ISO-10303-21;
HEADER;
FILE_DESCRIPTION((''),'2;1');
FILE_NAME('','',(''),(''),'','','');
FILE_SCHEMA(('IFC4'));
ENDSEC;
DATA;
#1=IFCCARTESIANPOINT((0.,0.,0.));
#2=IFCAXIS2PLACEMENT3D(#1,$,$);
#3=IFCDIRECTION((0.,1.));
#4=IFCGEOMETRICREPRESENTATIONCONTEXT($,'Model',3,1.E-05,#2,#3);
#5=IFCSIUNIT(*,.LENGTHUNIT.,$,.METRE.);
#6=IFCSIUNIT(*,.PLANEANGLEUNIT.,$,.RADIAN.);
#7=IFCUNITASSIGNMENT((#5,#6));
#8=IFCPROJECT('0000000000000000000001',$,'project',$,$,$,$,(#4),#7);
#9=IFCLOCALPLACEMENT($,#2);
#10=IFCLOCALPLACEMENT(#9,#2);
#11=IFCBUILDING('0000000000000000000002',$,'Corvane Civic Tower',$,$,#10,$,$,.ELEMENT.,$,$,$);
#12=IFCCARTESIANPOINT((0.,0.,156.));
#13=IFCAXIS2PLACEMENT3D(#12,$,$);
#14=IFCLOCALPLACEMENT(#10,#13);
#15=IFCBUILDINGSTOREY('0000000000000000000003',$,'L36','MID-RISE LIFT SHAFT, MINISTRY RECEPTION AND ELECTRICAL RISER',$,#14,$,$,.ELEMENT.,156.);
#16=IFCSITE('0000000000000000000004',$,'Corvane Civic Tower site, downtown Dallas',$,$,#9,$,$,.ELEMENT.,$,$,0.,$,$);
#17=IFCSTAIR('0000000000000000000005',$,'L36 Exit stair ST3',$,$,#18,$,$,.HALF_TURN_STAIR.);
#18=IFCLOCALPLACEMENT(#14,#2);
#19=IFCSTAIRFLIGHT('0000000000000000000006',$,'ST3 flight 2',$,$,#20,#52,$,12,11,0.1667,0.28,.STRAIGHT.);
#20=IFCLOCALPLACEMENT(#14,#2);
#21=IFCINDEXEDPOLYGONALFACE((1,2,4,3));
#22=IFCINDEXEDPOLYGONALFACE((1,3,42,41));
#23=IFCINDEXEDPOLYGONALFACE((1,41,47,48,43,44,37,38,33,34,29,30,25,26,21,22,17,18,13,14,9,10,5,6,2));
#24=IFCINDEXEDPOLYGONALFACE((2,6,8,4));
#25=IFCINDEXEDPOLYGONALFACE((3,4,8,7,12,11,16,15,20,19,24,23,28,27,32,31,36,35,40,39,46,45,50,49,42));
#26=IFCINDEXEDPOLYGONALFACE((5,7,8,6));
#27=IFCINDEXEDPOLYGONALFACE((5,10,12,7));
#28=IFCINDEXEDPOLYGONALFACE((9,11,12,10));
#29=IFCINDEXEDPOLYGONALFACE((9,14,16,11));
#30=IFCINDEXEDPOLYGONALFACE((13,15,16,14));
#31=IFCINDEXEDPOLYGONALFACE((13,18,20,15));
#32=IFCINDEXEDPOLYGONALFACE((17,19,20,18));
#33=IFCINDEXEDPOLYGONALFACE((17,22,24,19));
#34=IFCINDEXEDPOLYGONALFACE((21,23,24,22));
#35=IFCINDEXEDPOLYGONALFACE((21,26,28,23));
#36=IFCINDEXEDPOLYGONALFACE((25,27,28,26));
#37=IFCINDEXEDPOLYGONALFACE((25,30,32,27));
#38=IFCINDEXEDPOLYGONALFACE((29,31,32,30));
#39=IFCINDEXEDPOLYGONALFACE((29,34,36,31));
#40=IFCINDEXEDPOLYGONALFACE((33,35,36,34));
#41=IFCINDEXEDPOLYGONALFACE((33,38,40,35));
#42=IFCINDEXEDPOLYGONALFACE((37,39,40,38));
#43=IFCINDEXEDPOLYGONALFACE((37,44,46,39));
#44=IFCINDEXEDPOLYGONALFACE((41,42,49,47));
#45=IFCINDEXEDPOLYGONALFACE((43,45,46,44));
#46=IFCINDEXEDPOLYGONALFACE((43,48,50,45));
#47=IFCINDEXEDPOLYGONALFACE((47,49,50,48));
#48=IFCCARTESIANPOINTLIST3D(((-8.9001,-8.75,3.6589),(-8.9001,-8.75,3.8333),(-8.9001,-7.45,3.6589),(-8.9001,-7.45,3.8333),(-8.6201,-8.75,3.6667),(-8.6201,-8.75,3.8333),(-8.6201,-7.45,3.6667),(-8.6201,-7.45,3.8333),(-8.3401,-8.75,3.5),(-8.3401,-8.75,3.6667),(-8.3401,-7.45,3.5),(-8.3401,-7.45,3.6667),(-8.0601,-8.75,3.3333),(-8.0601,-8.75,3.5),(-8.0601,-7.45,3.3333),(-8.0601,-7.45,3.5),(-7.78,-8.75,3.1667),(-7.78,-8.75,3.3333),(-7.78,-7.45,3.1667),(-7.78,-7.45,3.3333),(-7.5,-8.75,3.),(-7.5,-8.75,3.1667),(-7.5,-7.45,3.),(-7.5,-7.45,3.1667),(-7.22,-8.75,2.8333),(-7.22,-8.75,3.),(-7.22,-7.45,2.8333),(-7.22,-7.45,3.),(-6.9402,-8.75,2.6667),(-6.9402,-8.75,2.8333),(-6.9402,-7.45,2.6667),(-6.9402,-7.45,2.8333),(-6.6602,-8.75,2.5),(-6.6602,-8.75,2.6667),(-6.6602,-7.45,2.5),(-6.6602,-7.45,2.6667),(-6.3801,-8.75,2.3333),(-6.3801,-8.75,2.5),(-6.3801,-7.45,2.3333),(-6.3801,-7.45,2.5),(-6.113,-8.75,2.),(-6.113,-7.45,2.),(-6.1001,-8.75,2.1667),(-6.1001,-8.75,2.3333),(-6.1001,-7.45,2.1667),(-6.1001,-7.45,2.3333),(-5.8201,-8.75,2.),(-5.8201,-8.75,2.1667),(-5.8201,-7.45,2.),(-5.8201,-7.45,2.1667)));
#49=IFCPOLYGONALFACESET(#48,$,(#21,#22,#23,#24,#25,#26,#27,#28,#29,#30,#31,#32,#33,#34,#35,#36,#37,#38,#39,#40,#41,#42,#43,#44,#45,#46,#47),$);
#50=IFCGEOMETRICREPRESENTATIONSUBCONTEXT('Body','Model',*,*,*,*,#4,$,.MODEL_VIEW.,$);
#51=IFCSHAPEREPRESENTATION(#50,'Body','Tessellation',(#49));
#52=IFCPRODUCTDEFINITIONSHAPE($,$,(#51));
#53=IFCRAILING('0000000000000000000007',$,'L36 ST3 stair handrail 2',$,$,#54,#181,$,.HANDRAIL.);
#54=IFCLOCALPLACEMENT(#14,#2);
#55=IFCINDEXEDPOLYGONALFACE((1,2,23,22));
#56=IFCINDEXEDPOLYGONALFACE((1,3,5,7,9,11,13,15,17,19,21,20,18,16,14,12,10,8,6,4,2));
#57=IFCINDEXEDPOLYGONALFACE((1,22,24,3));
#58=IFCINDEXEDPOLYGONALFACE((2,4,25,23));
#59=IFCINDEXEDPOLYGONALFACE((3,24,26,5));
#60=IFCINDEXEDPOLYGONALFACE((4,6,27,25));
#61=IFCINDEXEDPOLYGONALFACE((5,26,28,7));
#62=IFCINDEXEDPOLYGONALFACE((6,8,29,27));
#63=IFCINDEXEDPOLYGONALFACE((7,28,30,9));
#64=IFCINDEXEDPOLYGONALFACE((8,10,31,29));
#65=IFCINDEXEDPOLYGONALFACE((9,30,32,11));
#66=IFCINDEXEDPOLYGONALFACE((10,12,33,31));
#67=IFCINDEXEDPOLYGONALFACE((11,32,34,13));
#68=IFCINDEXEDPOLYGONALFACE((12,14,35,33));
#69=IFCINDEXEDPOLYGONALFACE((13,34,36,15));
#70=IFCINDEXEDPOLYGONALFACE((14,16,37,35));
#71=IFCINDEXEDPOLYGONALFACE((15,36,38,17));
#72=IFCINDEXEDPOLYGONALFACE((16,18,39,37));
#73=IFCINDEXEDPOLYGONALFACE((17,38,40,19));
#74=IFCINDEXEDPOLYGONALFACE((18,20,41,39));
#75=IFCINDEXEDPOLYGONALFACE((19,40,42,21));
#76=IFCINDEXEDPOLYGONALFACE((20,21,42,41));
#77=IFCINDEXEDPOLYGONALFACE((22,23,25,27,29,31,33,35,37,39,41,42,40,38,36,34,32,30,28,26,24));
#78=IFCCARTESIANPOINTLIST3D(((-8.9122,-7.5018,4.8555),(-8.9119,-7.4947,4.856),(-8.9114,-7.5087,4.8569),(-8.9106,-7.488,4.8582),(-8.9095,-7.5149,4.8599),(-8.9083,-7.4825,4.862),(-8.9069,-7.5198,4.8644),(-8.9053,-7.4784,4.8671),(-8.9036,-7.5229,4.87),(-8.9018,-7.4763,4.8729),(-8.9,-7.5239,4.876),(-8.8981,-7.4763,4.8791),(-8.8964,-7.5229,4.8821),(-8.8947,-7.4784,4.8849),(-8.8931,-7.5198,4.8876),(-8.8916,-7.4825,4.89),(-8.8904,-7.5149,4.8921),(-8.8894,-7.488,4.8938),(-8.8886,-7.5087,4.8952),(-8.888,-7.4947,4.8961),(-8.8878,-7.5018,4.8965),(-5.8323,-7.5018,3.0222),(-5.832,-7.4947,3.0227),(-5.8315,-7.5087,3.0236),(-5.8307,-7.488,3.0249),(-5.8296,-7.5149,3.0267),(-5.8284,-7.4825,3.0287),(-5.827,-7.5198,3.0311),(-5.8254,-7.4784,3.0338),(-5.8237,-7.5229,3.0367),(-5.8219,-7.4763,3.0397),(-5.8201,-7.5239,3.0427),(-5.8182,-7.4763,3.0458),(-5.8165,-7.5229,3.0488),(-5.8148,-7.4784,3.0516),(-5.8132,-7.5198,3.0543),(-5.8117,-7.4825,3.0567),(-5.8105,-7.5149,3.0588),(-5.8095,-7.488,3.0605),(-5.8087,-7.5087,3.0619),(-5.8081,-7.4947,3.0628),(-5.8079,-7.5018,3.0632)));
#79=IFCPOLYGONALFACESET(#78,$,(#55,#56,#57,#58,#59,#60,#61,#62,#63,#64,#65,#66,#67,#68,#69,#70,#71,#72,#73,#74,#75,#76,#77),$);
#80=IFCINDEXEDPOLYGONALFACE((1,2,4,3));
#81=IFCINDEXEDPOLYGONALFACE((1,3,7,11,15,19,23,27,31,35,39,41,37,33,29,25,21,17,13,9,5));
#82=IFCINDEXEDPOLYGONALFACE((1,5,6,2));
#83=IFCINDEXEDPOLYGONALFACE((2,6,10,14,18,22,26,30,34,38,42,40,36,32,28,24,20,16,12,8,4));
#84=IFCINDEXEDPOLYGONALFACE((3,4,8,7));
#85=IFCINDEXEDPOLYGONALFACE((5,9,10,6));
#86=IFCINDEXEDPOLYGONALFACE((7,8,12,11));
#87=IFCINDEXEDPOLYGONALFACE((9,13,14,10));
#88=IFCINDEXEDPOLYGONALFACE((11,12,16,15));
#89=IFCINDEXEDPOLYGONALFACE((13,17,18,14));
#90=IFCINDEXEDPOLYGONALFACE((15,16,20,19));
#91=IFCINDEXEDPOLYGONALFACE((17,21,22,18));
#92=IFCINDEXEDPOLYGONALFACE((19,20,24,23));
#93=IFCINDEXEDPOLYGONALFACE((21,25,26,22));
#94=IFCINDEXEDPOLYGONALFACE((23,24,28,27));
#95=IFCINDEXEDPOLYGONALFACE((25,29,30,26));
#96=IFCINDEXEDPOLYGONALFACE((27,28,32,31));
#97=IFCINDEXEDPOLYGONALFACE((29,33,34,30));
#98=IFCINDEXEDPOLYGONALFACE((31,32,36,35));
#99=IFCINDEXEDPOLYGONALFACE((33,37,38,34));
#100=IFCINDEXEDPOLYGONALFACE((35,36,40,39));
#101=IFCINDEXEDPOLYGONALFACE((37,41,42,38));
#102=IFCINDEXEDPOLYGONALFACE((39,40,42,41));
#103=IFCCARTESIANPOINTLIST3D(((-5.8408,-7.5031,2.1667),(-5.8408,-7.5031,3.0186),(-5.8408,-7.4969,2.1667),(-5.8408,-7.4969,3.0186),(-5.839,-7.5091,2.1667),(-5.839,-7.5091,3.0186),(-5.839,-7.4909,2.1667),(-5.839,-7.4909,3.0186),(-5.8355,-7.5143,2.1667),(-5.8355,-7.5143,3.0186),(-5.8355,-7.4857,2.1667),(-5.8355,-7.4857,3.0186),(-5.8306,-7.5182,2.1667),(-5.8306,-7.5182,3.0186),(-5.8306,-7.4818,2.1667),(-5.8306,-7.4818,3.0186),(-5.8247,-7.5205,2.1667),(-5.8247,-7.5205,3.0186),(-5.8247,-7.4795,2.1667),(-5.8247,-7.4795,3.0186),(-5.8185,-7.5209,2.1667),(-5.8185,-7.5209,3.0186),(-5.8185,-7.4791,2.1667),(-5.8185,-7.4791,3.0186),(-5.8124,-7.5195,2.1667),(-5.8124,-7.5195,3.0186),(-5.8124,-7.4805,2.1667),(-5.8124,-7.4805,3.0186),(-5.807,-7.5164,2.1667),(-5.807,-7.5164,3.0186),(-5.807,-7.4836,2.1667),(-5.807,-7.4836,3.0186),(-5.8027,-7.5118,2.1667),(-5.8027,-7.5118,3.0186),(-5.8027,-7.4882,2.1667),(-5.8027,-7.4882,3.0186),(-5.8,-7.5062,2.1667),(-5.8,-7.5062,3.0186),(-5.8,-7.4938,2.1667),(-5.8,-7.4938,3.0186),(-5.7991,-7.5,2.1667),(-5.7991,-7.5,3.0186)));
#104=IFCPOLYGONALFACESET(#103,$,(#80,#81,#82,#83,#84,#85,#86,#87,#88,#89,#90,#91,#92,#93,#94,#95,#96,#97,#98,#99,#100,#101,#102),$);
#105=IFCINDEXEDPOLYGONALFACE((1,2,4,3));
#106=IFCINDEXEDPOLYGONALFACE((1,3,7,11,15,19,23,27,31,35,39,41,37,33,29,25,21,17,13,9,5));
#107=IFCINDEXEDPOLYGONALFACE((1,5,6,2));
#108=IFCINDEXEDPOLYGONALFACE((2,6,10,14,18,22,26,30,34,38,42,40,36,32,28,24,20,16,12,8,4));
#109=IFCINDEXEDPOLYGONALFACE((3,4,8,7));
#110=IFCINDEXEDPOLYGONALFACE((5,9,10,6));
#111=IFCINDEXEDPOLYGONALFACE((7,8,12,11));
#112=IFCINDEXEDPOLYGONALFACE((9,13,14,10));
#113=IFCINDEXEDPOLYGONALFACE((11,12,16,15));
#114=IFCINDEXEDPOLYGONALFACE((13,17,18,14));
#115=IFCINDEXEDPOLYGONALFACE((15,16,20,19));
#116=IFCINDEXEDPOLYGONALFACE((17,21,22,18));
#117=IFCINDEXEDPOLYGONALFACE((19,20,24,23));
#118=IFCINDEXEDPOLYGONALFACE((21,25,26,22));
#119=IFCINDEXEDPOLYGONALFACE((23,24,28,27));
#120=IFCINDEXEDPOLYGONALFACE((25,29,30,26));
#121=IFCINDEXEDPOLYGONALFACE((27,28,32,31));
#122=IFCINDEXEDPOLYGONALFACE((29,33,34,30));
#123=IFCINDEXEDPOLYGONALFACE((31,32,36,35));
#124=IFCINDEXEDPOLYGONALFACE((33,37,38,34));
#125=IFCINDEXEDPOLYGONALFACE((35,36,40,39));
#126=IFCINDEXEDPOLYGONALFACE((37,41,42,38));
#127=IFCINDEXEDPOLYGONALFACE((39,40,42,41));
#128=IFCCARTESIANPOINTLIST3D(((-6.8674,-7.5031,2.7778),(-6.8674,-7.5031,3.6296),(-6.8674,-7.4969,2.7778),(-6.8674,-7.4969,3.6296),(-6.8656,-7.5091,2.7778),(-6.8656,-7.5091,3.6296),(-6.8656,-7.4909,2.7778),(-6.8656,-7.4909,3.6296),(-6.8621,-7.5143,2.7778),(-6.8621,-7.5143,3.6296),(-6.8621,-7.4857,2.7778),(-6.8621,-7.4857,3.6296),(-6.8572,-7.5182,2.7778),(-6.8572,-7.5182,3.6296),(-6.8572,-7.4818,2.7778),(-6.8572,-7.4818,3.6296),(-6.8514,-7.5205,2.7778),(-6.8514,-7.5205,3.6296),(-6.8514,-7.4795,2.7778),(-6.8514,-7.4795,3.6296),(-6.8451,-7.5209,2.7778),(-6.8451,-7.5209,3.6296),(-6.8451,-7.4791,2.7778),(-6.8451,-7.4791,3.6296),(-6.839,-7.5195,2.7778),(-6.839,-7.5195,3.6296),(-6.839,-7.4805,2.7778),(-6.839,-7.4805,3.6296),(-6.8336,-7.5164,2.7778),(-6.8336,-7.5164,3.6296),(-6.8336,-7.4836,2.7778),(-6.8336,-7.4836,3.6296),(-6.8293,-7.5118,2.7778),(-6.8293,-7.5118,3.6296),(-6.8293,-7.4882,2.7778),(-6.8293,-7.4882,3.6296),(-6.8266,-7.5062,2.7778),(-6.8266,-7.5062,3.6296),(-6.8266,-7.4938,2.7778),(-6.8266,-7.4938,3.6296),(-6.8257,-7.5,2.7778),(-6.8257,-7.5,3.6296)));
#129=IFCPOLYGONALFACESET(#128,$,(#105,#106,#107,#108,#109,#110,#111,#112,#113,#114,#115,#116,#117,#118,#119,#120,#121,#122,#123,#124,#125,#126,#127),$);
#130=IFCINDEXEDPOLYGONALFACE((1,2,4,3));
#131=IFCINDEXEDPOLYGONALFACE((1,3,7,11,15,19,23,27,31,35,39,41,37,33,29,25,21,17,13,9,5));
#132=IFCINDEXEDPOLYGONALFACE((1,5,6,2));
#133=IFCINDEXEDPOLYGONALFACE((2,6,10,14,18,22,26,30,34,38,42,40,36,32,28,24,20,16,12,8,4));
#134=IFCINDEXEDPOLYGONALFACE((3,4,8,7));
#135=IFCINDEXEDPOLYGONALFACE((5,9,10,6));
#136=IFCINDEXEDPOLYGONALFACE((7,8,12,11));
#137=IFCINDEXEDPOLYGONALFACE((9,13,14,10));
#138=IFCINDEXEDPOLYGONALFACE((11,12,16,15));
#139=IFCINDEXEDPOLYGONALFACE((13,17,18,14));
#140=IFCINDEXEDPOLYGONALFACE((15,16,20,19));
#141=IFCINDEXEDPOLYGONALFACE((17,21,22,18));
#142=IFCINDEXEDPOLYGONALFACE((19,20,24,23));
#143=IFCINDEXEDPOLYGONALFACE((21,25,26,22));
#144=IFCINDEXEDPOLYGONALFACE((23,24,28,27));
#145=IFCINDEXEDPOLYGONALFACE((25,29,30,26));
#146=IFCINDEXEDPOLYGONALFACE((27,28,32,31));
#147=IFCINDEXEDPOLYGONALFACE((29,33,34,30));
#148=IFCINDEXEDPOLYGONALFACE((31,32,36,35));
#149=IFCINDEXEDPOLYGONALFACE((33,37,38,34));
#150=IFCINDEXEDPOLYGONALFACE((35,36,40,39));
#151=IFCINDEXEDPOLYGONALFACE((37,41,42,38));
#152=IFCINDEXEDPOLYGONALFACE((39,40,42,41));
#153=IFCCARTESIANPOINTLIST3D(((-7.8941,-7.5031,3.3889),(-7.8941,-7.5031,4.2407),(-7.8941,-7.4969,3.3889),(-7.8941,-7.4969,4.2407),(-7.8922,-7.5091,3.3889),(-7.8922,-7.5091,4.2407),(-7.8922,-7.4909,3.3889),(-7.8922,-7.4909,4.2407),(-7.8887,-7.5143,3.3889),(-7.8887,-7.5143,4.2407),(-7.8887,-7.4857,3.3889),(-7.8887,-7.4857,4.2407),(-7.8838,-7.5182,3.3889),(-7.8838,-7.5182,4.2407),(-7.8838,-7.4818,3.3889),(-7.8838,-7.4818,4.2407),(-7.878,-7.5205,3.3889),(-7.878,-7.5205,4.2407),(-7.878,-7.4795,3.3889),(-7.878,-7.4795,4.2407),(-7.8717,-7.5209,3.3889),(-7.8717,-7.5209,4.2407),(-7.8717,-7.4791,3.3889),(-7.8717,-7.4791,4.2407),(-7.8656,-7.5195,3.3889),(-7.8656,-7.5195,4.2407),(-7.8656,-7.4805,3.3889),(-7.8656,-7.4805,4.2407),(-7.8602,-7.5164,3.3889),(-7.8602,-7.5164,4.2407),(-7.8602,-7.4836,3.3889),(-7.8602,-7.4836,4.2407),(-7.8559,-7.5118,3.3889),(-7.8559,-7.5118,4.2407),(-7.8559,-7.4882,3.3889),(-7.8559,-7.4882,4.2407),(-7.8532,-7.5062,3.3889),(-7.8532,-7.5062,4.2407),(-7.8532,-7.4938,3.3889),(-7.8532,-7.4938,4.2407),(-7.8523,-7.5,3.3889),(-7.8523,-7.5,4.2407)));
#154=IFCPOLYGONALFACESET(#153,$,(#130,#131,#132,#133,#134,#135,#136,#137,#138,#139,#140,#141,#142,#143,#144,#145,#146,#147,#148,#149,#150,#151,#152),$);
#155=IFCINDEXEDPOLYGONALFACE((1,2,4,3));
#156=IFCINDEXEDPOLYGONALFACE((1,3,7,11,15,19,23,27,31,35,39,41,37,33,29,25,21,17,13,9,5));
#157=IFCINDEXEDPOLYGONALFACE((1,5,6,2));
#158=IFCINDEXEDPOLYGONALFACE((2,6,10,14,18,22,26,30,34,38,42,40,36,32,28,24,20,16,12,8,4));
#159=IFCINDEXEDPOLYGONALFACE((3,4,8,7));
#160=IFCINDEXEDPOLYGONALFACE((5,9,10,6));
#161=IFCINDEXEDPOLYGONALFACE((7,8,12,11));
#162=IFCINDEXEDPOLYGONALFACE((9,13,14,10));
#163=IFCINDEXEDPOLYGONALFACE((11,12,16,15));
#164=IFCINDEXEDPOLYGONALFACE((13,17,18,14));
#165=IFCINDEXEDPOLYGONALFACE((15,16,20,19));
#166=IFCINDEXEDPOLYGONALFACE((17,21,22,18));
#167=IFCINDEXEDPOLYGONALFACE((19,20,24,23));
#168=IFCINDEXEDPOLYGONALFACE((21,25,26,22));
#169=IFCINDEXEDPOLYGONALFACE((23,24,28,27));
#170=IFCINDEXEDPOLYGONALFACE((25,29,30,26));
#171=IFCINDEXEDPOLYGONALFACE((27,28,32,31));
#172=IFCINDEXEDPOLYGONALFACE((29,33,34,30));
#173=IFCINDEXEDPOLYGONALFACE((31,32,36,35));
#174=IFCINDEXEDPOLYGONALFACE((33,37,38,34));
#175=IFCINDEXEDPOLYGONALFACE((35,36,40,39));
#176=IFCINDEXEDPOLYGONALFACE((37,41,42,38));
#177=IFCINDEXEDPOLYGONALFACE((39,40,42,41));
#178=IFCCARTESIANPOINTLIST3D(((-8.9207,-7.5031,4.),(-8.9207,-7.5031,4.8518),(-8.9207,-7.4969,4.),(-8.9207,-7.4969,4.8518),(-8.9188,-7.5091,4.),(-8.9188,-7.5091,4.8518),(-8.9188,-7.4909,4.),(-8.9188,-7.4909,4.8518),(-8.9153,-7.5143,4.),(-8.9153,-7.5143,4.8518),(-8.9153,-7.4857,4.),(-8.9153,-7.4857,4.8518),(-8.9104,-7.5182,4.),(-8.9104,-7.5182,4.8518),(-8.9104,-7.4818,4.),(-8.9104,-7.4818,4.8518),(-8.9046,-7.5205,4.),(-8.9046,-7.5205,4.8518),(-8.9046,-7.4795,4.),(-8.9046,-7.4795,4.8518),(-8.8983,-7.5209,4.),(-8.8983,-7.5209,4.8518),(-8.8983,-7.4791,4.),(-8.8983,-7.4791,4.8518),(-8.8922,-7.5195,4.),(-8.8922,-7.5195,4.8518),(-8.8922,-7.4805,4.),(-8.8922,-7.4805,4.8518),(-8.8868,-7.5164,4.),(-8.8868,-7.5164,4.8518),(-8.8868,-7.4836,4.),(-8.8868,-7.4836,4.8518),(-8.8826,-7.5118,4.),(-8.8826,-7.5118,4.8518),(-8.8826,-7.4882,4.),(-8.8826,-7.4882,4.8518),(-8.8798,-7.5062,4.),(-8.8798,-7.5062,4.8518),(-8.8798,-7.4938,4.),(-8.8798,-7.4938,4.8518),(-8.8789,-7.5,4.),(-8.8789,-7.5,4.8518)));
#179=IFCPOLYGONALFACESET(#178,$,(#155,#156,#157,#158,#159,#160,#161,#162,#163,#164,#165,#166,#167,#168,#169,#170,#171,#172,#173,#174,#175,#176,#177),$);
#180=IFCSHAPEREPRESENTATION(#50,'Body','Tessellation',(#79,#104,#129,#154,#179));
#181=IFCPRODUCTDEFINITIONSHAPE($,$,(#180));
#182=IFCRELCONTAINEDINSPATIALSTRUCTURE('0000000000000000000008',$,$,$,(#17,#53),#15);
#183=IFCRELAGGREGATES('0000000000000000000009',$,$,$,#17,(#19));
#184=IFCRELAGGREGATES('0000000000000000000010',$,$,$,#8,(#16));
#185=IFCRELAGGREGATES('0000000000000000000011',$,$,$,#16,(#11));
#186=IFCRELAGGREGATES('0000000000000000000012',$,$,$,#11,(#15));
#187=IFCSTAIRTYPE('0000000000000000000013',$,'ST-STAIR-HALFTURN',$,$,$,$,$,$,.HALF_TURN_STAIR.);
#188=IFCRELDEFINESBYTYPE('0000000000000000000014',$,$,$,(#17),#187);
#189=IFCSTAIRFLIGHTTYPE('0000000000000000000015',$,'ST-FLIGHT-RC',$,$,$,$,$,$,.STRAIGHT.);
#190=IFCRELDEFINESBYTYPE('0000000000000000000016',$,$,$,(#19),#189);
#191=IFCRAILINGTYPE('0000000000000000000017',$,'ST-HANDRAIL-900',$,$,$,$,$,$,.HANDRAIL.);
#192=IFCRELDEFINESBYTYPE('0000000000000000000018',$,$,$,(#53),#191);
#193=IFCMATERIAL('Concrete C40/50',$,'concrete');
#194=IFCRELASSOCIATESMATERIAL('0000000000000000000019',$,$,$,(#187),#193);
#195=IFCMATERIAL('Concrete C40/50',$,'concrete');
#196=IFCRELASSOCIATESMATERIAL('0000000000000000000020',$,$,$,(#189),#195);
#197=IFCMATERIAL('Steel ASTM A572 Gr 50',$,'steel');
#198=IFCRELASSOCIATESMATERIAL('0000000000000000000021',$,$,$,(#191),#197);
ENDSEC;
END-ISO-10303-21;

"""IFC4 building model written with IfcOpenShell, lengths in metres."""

from ifc_helpers import new_model, si_unit, direction, frame, origin, origin_2d, place, context, subcontext, project, spatial, polyline, circle, outline, extrude, material, type_object, element, aggregate, save


model = new_model("IFC4")

# Units and contexts
model_context = context("Model", 3, precision=1e-05, world=origin(), true_north=direction((0.0, 1.0)))
body_context = subcontext(model_context, "Body", "Model", "MODEL_VIEW")
ifc_project = project(units=[si_unit("LENGTHUNIT", "METRE"), si_unit("PLANEANGLEUNIT", "RADIAN")], contexts=[model_context])

# Site, building, storey
site_placement = place(None, origin())
site = spatial("IfcSite", under=ifc_project, at=site_placement, Name="Corvane Civic Tower site, downtown Dallas", CompositionType="ELEMENT", RefElevation=0.0)
building_placement = place(site_placement, origin())
building = spatial("IfcBuilding", under=site, at=building_placement, Name="Corvane Civic Tower", CompositionType="ELEMENT")
storey_placement = place(building_placement, frame((0.0, 0.0, 156.0)))
storey = spatial("IfcBuildingStorey", under=building, at=storey_placement, Name="L36", Description="MID-RISE LIFT SHAFT, MINISTRY RECEPTION AND ELECTRICAL RISER", CompositionType="ELEMENT", Elevation=156.0)

# Shared definitions
ifc_material_1 = material(Name="Concrete C40/50", Category="concrete")
stair_type = type_object("IfcStairType", Name="ST-STAIR-HALFTURN", PredefinedType="HALF_TURN_STAIR", material=ifc_material_1)

# Stair, stair flight
stair_1_placement = place(storey_placement, origin())
stair_1 = element("IfcStair", 1, at=stair_1_placement, inside=storey, type_object=stair_type, Name="L36 Exit stair ST3", PredefinedType="HALF_TURN_STAIR")
ifc_material_2 = material(Name="Concrete C40/50", Category="concrete")
stair_flight_type = type_object("IfcStairFlightType", Name="ST-FLIGHT-RC", PredefinedType="STRAIGHT", material=ifc_material_2)
stair_flight_1_placement = place(storey_placement, frame((-5.8201, -8.1001, 2.0), z_axis=(0.0, 0.0, 1.0), x_axis=(-1.0, 0.0, 0.0)))
stair_flight_1 = element("IfcStairFlight", 2, at=stair_flight_1_placement, type_object=stair_flight_type, Name="ST3 flight 2", NumberOfRisers=12, NumberOfTreads=11, PredefinedType="STRAIGHT", RiserHeight=0.1667, TreadLength=0.28, context=body_context, shape_type="SweptSolid", body=[
    extrude(outline(polyline([(0.0, 0.0), (0.0, 0.1667), (0.28, 0.1667), (0.28, 0.3333), (0.5601, 0.3333), (0.5601, 0.5), (0.8401, 0.5), (0.8401, 0.6667), (1.1201, 0.6667), (1.1201, 0.8333), (1.3999, 0.8333), (1.3999, 1.0), (1.6799, 1.0), (1.6799, 1.1667), (1.96, 1.1667), (1.96, 1.3333), (2.24, 1.3333), (2.24, 1.5), (2.52, 1.5), (2.52, 1.6667), (2.8, 1.6667), (2.8, 1.8333), (3.0801, 1.8333), (3.0801, 2.0), (3.0801, 1.6589), (0.293, 0.0), (0.0, 0.0)])), frame((0.0, 0.6499, 0.0), z_axis=(0.0, -1.0, 0.0), x_axis=(1.0, 0.0, 0.0)), (0.0, 0.0, 1.0), 1.3),
])
aggregate(stair_1, [stair_flight_1])

# Railing
ifc_material_3 = material(Name="Steel ASTM A572 Gr 50", Category="steel")
railing_type = type_object("IfcRailingType", Name="ST-HANDRAIL-900", PredefinedType="HANDRAIL", material=ifc_material_3)
railing_placement = place(storey_placement, frame((-5.8201, -7.5, 2.1667)))
element("IfcRailing", 3, at=railing_placement, inside=storey, type_object=railing_type, Name="L36 ST3 stair handrail 2", PredefinedType="HANDRAIL", context=body_context, shape_type="SweptSolid", body=[
    extrude(circle(Radius=0.0239, at=origin_2d()), frame((0.0, 0.0, 0.876), z_axis=(-0.859291, 0.0, 0.511487), x_axis=(0.0, -1.0, 0.0)), (0.0, 0.0, 1.0), 3.5842),
    extrude(circle(Radius=0.021, at=origin_2d()), origin(), (0.0, 0.0, 1.0), 0.8518),
    extrude(circle(Radius=0.021, at=origin_2d()), frame((-1.0266, 0.0, 0.6111)), (0.0, 0.0, 1.0), 0.8518),
    extrude(circle(Radius=0.021, at=origin_2d()), frame((-2.0532, 0.0, 1.2222)), (0.0, 0.0, 1.0), 0.8518),
    extrude(circle(Radius=0.021, at=origin_2d()), frame((-3.0798, 0.0, 1.8333)), (0.0, 0.0, 1.0), 0.8518),
])

save(model, "model.ifc")
